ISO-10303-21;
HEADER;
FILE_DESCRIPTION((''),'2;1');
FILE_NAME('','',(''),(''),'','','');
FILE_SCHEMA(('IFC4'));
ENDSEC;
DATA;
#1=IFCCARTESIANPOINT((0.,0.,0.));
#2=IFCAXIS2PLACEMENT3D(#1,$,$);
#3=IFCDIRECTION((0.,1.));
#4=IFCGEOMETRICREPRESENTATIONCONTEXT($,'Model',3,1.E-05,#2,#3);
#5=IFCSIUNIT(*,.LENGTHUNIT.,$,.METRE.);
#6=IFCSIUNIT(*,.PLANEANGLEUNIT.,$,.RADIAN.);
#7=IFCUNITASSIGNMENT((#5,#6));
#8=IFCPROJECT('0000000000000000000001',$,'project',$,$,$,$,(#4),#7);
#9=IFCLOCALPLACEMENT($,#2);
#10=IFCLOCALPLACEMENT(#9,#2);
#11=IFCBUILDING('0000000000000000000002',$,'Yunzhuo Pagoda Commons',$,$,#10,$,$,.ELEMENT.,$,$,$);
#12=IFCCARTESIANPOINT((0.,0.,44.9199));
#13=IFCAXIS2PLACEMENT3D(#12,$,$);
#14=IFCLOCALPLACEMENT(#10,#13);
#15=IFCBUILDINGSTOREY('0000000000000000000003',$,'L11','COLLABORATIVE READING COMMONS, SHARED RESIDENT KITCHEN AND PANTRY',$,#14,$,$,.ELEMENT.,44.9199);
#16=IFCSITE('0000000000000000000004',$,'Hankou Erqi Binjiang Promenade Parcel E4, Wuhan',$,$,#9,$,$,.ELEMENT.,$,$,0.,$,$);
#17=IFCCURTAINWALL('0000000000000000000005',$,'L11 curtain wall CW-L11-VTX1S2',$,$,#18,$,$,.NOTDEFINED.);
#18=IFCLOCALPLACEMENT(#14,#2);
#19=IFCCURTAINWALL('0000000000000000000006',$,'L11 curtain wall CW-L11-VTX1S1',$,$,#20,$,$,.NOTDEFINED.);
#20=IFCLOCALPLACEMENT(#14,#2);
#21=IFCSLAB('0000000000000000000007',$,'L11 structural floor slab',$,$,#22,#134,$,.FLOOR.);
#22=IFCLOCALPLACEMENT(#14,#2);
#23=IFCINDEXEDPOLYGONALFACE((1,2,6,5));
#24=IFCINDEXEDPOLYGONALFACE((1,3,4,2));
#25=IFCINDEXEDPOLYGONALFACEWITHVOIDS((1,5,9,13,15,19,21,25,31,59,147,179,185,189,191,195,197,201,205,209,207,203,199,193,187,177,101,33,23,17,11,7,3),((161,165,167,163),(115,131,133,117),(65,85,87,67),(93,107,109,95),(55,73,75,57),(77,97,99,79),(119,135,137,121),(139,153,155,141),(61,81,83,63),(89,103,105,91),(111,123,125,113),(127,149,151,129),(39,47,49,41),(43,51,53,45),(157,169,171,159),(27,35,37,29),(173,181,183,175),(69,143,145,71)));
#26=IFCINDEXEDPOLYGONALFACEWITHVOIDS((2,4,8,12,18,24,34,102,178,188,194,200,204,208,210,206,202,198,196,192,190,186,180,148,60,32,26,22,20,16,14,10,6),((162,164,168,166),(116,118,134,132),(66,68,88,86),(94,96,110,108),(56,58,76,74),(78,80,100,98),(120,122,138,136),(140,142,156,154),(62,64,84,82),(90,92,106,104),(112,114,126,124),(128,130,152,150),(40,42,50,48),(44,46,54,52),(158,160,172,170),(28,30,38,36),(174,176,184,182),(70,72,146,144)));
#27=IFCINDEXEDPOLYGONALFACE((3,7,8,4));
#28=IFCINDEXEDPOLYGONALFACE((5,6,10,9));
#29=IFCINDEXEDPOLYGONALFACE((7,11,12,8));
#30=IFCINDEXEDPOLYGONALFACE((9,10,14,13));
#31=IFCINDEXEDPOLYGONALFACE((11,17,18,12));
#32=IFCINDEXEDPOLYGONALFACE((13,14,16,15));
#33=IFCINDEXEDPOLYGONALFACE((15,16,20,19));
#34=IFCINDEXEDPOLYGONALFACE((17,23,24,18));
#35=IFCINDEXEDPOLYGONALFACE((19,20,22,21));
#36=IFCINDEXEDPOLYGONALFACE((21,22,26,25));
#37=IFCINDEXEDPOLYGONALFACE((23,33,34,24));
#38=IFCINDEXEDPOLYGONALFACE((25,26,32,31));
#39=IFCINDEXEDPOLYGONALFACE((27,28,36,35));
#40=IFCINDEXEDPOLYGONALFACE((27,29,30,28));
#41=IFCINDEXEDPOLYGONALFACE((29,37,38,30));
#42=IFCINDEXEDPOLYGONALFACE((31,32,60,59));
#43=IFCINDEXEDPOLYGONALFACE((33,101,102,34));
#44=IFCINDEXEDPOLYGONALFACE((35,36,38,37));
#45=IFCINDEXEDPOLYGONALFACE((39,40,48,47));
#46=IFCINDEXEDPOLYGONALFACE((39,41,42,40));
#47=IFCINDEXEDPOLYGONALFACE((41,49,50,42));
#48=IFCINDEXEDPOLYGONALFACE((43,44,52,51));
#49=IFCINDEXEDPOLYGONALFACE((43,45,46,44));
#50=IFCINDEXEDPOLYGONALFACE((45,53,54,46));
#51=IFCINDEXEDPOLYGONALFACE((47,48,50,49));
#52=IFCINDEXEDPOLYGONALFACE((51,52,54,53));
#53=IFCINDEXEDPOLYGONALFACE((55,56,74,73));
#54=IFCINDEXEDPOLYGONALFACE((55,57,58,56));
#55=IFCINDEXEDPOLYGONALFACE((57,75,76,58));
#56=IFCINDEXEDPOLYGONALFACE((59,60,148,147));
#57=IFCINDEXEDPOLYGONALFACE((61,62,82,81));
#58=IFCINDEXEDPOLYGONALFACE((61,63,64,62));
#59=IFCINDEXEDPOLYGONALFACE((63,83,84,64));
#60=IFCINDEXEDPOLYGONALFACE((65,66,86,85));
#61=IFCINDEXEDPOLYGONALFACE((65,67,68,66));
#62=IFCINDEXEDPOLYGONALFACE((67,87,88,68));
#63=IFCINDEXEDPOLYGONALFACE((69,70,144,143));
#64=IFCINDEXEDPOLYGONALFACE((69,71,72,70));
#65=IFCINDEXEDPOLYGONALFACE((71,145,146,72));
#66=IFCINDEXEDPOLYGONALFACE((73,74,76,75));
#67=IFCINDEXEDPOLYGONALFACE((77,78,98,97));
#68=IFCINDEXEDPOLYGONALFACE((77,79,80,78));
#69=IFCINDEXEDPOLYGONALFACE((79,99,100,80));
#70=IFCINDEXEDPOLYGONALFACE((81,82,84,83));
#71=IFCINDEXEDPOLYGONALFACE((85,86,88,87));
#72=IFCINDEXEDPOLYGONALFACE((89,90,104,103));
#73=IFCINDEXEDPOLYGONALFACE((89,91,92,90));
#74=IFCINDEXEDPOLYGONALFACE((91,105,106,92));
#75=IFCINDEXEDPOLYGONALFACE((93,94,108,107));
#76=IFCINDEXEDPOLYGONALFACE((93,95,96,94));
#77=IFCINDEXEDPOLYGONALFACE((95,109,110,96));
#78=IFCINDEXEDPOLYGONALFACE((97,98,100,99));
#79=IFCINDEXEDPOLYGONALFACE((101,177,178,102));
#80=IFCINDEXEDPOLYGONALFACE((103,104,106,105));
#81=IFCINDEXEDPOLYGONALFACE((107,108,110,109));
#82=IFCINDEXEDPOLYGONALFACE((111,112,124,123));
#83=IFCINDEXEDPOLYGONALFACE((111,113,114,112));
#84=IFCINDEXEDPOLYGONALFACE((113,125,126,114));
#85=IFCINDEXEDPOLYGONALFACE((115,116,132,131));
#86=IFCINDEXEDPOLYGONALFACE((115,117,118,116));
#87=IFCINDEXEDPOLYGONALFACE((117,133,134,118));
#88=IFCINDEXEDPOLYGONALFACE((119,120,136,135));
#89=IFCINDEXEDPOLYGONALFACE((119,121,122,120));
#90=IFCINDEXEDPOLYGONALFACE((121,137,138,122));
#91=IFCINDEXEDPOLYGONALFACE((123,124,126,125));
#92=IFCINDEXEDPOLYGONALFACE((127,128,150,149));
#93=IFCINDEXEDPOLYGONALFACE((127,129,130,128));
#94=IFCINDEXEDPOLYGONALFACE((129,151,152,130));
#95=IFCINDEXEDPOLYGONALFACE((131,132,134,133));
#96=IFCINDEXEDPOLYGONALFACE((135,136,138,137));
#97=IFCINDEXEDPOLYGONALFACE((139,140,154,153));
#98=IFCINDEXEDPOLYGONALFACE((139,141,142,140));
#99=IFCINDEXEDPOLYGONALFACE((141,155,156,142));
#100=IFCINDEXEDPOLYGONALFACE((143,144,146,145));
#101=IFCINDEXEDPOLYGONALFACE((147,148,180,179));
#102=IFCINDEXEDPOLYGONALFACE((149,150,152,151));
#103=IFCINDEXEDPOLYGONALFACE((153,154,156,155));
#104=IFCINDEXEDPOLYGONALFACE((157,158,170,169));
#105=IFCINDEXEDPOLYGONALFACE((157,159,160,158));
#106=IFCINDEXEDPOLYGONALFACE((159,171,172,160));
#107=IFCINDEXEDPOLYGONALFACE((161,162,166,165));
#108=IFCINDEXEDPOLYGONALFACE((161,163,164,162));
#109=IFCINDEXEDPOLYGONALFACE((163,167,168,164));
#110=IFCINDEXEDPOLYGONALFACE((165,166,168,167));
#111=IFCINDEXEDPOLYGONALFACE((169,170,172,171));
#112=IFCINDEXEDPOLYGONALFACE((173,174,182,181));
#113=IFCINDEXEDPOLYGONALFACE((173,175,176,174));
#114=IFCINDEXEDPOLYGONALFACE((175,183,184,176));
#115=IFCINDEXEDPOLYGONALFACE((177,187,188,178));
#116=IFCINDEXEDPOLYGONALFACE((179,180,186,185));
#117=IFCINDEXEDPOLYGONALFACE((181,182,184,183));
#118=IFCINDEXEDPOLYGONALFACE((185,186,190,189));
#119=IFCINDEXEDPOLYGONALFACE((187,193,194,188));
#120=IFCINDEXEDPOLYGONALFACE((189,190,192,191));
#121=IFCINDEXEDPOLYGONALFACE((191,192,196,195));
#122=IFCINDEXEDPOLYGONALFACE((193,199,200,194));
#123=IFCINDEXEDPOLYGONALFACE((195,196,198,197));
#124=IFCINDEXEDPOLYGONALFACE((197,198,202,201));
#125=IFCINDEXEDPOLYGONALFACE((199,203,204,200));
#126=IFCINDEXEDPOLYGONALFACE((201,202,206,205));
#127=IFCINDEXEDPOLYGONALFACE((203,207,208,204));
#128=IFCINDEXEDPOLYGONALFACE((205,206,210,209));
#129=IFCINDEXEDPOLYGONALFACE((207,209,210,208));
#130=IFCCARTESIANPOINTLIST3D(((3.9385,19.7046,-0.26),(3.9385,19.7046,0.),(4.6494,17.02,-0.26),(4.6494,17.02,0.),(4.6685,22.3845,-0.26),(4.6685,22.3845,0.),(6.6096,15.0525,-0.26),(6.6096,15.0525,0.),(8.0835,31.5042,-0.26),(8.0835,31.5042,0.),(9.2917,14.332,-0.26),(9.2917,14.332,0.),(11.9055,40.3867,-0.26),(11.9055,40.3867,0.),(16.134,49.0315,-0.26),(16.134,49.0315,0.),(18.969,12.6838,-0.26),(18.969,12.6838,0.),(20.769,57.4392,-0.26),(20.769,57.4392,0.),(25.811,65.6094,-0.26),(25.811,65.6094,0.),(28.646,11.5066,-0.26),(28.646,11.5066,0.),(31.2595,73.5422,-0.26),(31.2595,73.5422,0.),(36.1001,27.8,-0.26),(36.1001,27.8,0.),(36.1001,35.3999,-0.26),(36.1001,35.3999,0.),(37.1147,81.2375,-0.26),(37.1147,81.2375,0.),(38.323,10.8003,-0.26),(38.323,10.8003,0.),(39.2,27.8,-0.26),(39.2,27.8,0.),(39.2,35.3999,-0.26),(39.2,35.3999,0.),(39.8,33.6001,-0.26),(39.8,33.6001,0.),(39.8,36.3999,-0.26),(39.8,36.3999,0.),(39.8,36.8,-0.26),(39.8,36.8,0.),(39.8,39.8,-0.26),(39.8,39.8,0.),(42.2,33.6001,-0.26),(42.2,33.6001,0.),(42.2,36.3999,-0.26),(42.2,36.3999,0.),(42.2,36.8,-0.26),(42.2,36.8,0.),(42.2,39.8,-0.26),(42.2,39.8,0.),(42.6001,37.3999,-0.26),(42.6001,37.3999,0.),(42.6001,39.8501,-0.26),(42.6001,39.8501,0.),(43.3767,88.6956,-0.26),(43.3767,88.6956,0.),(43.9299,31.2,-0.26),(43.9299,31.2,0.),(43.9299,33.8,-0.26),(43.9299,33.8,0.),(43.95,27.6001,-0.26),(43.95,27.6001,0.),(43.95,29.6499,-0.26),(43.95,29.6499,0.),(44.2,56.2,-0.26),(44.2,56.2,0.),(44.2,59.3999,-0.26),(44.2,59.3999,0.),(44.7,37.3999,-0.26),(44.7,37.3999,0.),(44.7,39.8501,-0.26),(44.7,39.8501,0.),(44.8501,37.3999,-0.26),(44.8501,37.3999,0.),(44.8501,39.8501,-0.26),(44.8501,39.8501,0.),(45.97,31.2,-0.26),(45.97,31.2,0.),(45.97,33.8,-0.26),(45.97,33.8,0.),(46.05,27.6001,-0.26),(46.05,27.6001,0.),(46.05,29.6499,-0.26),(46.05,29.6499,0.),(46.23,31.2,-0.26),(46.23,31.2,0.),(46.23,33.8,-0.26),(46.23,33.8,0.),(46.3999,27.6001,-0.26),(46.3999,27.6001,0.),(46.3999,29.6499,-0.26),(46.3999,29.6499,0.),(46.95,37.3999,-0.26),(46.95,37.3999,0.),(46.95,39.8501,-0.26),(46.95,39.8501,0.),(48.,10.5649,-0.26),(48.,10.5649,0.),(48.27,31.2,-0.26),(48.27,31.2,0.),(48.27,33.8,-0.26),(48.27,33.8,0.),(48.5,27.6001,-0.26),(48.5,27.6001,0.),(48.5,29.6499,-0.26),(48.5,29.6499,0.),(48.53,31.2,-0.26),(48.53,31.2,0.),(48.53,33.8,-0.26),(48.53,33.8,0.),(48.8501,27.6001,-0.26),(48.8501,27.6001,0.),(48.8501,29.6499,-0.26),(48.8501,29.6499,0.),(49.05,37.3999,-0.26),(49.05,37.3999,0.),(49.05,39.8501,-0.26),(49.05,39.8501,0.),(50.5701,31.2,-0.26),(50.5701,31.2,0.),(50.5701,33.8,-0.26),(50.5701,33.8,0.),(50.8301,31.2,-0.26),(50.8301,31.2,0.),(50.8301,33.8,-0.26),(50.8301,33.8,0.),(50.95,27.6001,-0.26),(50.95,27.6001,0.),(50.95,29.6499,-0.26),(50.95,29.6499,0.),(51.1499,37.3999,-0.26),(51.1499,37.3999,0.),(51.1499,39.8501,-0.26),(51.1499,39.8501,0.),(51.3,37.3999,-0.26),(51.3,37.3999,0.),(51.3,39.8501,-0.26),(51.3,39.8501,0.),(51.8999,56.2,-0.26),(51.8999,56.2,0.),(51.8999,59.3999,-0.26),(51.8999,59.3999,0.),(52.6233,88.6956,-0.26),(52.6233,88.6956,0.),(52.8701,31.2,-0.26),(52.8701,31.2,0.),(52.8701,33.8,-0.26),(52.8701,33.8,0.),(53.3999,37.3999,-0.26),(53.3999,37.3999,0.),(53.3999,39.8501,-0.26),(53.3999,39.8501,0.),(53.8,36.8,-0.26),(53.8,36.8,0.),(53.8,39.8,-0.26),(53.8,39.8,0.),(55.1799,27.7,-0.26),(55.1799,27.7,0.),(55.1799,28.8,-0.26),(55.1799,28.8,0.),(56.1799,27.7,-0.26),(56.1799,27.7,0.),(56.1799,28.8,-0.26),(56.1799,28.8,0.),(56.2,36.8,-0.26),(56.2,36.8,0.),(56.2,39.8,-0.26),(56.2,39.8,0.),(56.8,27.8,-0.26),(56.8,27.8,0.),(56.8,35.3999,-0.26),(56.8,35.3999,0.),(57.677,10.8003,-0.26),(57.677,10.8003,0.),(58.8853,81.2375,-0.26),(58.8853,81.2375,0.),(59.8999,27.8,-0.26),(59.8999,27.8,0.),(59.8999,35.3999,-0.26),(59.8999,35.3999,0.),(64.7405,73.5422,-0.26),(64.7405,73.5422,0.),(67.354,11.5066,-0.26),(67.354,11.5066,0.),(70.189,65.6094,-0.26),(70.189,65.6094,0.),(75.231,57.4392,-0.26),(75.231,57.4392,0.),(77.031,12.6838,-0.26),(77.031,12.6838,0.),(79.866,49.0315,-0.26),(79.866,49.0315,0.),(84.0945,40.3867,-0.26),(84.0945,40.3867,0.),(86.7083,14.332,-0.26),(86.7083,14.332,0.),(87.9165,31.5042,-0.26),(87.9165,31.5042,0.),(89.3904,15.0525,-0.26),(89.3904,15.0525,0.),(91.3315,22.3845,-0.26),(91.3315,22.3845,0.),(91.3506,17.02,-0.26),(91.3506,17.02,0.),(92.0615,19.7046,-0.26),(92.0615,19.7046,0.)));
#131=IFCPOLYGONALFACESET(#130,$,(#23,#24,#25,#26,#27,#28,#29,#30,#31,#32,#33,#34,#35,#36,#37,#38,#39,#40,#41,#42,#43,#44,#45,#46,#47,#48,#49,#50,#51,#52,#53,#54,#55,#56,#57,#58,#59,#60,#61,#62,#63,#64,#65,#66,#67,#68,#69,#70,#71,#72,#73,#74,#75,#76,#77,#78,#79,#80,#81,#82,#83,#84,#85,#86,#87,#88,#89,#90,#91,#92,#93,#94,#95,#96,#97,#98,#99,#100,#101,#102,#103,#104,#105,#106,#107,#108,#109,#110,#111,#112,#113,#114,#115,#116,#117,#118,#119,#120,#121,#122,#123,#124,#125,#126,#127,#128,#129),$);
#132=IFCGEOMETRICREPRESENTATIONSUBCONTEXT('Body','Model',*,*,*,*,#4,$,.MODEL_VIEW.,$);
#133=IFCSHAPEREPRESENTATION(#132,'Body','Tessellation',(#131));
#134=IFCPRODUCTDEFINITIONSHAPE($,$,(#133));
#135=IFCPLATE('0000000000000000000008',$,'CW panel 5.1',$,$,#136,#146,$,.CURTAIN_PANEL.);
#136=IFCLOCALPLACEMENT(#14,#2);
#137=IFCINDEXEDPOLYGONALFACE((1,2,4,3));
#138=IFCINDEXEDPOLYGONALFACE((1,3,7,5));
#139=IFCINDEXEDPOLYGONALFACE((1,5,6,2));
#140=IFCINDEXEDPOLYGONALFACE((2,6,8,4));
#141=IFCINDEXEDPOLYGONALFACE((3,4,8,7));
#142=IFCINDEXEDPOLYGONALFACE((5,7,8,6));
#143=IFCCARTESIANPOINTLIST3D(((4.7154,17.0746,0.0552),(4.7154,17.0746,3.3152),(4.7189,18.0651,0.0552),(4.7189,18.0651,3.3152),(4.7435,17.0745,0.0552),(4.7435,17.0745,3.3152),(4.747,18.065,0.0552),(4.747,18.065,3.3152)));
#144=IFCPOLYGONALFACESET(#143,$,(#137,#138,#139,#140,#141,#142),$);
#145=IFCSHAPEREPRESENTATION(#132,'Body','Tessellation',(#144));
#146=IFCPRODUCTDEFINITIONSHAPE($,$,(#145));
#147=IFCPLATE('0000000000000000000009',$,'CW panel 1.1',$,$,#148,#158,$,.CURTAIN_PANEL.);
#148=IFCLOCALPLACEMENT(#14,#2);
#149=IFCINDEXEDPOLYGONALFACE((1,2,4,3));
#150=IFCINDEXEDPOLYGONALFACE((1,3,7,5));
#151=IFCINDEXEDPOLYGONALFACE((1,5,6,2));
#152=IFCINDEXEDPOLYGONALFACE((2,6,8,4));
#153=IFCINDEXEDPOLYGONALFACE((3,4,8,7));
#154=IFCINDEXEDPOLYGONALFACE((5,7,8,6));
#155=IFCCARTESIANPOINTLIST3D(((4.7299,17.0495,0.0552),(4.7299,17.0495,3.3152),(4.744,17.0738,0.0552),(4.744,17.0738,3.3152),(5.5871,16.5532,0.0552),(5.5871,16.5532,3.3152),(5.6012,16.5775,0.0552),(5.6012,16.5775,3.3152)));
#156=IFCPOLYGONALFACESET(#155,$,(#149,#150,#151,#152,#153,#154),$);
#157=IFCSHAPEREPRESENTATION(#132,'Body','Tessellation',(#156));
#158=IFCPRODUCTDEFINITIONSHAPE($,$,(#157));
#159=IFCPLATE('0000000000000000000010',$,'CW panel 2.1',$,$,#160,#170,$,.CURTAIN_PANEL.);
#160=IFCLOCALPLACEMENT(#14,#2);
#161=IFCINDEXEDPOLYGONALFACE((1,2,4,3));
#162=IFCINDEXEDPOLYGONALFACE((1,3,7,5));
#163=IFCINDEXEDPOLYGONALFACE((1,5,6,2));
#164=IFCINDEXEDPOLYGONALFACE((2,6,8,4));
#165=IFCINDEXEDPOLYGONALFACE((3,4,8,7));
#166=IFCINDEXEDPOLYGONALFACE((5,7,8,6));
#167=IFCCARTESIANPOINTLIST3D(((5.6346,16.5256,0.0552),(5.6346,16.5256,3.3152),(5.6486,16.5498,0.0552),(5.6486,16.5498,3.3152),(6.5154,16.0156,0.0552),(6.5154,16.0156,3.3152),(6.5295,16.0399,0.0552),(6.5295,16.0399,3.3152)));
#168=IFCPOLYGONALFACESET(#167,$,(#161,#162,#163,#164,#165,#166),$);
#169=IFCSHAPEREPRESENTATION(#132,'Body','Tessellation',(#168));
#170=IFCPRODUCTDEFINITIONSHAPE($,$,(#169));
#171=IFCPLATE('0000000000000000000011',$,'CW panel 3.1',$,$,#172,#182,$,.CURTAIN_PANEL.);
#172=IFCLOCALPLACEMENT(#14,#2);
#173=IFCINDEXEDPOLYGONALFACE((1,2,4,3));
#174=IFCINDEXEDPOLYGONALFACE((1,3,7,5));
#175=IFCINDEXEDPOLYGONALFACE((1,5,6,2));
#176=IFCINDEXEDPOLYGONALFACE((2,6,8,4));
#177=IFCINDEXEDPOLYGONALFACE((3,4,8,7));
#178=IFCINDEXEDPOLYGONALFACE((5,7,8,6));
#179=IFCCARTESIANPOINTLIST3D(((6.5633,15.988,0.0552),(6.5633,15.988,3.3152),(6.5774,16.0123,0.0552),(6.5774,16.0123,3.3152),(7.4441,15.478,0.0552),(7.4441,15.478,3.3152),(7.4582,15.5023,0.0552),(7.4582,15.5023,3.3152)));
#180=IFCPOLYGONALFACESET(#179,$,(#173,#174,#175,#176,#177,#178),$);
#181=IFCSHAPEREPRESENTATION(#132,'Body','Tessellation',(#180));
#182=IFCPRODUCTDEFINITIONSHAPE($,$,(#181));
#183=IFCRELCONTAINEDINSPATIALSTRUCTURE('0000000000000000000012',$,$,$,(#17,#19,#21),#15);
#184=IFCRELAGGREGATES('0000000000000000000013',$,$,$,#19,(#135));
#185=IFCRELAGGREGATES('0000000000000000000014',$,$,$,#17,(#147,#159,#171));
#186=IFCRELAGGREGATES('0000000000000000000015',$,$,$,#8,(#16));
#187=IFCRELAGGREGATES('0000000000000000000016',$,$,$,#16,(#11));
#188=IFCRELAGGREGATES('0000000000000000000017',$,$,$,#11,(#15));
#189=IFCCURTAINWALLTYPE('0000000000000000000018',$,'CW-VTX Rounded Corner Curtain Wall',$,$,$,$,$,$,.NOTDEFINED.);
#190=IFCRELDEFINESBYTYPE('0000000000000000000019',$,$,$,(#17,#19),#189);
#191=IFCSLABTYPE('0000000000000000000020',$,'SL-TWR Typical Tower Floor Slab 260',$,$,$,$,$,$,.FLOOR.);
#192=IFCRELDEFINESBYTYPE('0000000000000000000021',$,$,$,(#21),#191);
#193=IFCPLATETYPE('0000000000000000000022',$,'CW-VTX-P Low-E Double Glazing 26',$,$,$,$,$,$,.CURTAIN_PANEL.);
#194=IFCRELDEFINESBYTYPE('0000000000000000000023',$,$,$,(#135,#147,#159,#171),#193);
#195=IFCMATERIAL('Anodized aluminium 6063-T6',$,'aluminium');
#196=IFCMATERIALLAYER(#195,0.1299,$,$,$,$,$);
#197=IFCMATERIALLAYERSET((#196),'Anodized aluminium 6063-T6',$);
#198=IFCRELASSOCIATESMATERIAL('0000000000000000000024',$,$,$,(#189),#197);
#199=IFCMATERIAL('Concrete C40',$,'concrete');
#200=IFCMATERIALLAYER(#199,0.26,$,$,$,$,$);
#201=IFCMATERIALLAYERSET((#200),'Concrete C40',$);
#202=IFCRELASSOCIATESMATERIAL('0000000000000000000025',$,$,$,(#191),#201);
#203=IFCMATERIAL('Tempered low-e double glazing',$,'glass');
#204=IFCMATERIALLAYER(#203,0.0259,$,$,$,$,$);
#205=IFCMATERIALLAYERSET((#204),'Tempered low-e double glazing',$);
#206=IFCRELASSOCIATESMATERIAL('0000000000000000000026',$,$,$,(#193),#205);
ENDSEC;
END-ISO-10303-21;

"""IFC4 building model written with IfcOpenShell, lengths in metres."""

from ifc_helpers import new_model, si_unit, direction, frame, origin, origin_2d, place, context, subcontext, project, spatial, polyline, rectangle, outline, extrude, source, transform, mapped, material, layer, layer_set, type_object, element, aggregate, save


model = new_model("IFC4")

# Units and contexts
model_context = context("Model", 3, precision=1e-05, world=origin(), true_north=direction((0.0, 1.0)))
body_context = subcontext(model_context, "Body", "Model", "MODEL_VIEW")
ifc_project = project(units=[si_unit("LENGTHUNIT", "METRE"), si_unit("PLANEANGLEUNIT", "RADIAN")], contexts=[model_context])

# Site, building, storey
site_placement = place(None, origin())
site = spatial("IfcSite", under=ifc_project, at=site_placement, Name="Hankou Erqi Binjiang Promenade Parcel E4, Wuhan", CompositionType="ELEMENT", RefElevation=0.0)
building_placement = place(site_placement, origin())
building = spatial("IfcBuilding", under=site, at=building_placement, Name="Yunzhuo Pagoda Commons", CompositionType="ELEMENT")
storey_placement = place(building_placement, frame((0.0, 0.0, 44.9199)))
storey = spatial("IfcBuildingStorey", under=building, at=storey_placement, Name="L11", Description="COLLABORATIVE READING COMMONS, SHARED RESIDENT KITCHEN AND PANTRY", CompositionType="ELEMENT", Elevation=44.9199)

# Curtain wall
ifc_material_1 = material(Name="Anodized aluminium 6063-T6", Category="aluminium")
ifc_layer_1 = layer(ifc_material_1, 0.1299)
ifc_layer_set_1 = layer_set([ifc_layer_1], Name="Anodized aluminium 6063-T6")
curtain_wall_type = type_object("IfcCurtainWallType", Name="CW-VTX Rounded Corner Curtain Wall", PredefinedType="NOTDEFINED", material=ifc_layer_set_1)
curtain_wall_1_placement = place(storey_placement, origin())
curtain_wall_1 = element("IfcCurtainWall", 1, at=curtain_wall_1_placement, inside=storey, type_object=curtain_wall_type, Name="L11 curtain wall CW-L11-VTX1S2", PredefinedType="NOTDEFINED")

# Curtain wall
curtain_wall_2_placement = place(storey_placement, origin())
curtain_wall_2 = element("IfcCurtainWall", 2, at=curtain_wall_2_placement, inside=storey, type_object=curtain_wall_type, Name="L11 curtain wall CW-L11-VTX1S1", PredefinedType="NOTDEFINED")

# Shared definitions
ifc_material_2 = material(Name="Concrete C40", Category="concrete")

# Slab
ifc_layer_2 = layer(ifc_material_2, 0.26)
ifc_layer_set_2 = layer_set([ifc_layer_2], Name="Concrete C40")
slab_type_1 = type_object("IfcSlabType", Name="SL-TWR Typical Tower Floor Slab 260", PredefinedType="FLOOR", material=ifc_layer_set_2)
slab_1_placement = place(storey_placement, frame((0.0, 0.0, -0.26)))
element("IfcSlab", 3, at=slab_1_placement, inside=storey, type_object=slab_type_1, Name="L11 structural floor slab", PredefinedType="FLOOR", context=body_context, shape_type="SweptSolid", body=[
    extrude(outline(polyline([(8.0835, 31.5042), (11.9055, 40.3867), (16.134, 49.0315), (20.769, 57.4392), (25.811, 65.6094), (31.2595, 73.5422), (37.1147, 81.2375), (43.3767, 88.6956), (52.6233, 88.6956), (58.8853, 81.2375), (64.7405, 73.5422), (70.189, 65.6094), (75.231, 57.4392), (79.866, 49.0315), (84.0945, 40.3867), (87.9165, 31.5042), (91.3315, 22.3845), (92.0615, 19.7046), (91.3506, 17.02), (89.3904, 15.0525), (86.7083, 14.332), (77.031, 12.6838), (67.354, 11.5066), (57.677, 10.8003), (48.0, 10.5649), (38.323, 10.8003), (28.646, 11.5066), (18.969, 12.6838), (9.2917, 14.332), (6.6096, 15.0525), (4.6494, 17.02), (3.9385, 19.7046), (4.6685, 22.3845), (8.0835, 31.5042)]), holes=[polyline([(46.05, 27.6001), (46.05, 29.6499), (43.95, 29.6499), (43.95, 27.6001), (46.05, 27.6001)]), polyline([(48.5, 27.6001), (48.5, 29.6499), (46.3999, 29.6499), (46.3999, 27.6001), (48.5, 27.6001)]), polyline([(36.1001, 27.8), (39.2, 27.8), (39.2, 35.3999), (36.1001, 35.3999), (36.1001, 27.8)]), polyline([(45.97, 31.2), (45.97, 33.8), (43.9299, 33.8), (43.9299, 31.2), (45.97, 31.2)]), polyline([(48.27, 31.2), (48.27, 33.8), (46.23, 33.8), (46.23, 31.2), (48.27, 31.2)]), polyline([(42.2, 33.6001), (42.2, 36.3999), (39.8, 36.3999), (39.8, 33.6001), (42.2, 33.6001)]), polyline([(42.2, 36.8), (42.2, 39.8), (39.8, 39.8), (39.8, 36.8), (42.2, 36.8)]), polyline([(42.6001, 37.3999), (44.7, 37.3999), (44.7, 39.8501), (42.6001, 39.8501), (42.6001, 37.3999)]), polyline([(44.8501, 37.3999), (46.95, 37.3999), (46.95, 39.8501), (44.8501, 39.8501), (44.8501, 37.3999)]), polyline([(56.1799, 27.7), (56.1799, 28.8), (55.1799, 28.8), (55.1799, 27.7), (56.1799, 27.7)]), polyline([(50.95, 27.6001), (50.95, 29.6499), (48.8501, 29.6499), (48.8501, 27.6001), (50.95, 27.6001)]), polyline([(56.8, 27.8), (59.8999, 27.8), (59.8999, 35.3999), (56.8, 35.3999), (56.8, 27.8)]), polyline([(50.5701, 31.2), (50.5701, 33.8), (48.53, 33.8), (48.53, 31.2), (50.5701, 31.2)]), polyline([(52.8701, 31.2), (52.8701, 33.8), (50.8301, 33.8), (50.8301, 31.2), (52.8701, 31.2)]), polyline([(56.2, 36.8), (56.2, 39.8), (53.8, 39.8), (53.8, 36.8), (56.2, 36.8)]), polyline([(51.1499, 37.3999), (51.1499, 39.8501), (49.05, 39.8501), (49.05, 37.3999), (51.1499, 37.3999)]), polyline([(51.3, 37.3999), (53.3999, 37.3999), (53.3999, 39.8501), (51.3, 39.8501), (51.3, 37.3999)]), polyline([(44.2, 56.2), (51.8999, 56.2), (51.8999, 59.3999), (44.2, 59.3999), (44.2, 56.2)])]), origin(), (0.0, 0.0, 1.0), 0.26),
])

# Plates
ifc_material_3 = material(Name="Tempered low-e double glazing", Category="glass")
ifc_layer_3 = layer(ifc_material_3, 0.0259)
ifc_layer_set_3 = layer_set([ifc_layer_3], Name="Tempered low-e double glazing")
plate_type = type_object("IfcPlateType", Name="CW-VTX-P Low-E Double Glazing 26", PredefinedType="CURTAIN_PANEL", material=ifc_layer_set_3)
shared_shape_1 = source(origin(), body_context, "Body", "SweptSolid", [
    extrude(rectangle(XDim=0.9905, YDim=0.0281, at=origin_2d()), origin(), (0.0, 0.0, 1.0), 3.26),
])
plate_1_placement = place(storey_placement, frame((4.7312, 17.5698, 0.0552), z_axis=(0.0, 0.0, 1.0), x_axis=(-0.003579, -0.999994, 0.0)))
plate_1 = element("IfcPlate", 4, at=plate_1_placement, type_object=plate_type, Name="CW panel 5.1", PredefinedType="CURTAIN_PANEL", context=body_context, shape_type="MappedRepresentation", body=[
    mapped(shared_shape_1, transform((0.0, 0.0, 0.0), scale=1.0)),
])
aggregate(curtain_wall_2, [plate_1])
plate_2_placement = place(storey_placement, frame((5.1655, 16.8135, 0.0552), z_axis=(0.0, 0.0, 1.0), x_axis=(0.865423, -0.501041, 0.0)))
plate_2 = element("IfcPlate", 5, at=plate_2_placement, type_object=plate_type, Name="CW panel 1.1", PredefinedType="CURTAIN_PANEL", context=body_context, shape_type="MappedRepresentation", body=[
    mapped(shared_shape_1, transform((0.0, 0.0, 0.0), scale=1.0)),
])
shared_shape_2 = source(origin(), body_context, "Body", "SweptSolid", [
    extrude(rectangle(XDim=1.0178, YDim=0.0281, at=origin_2d()), origin(), (0.0, 0.0, 1.0), 3.26),
])
plate_3_placement = place(storey_placement, frame((6.082, 16.2827, 0.0552), z_axis=(0.0, 0.0, 1.0), x_axis=(0.865423, -0.501041, 0.0)))
plate_3 = element("IfcPlate", 6, at=plate_3_placement, type_object=plate_type, Name="CW panel 2.1", PredefinedType="CURTAIN_PANEL", context=body_context, shape_type="MappedRepresentation", body=[
    mapped(shared_shape_2, transform((0.0, 0.0, 0.0), scale=1.0)),
])
plate_4_placement = place(storey_placement, frame((7.0107, 15.7451, 0.0552), z_axis=(0.0, 0.0, 1.0), x_axis=(0.865423, -0.501041, 0.0)))
plate_4 = element("IfcPlate", 7, at=plate_4_placement, type_object=plate_type, Name="CW panel 3.1", PredefinedType="CURTAIN_PANEL", context=body_context, shape_type="MappedRepresentation", body=[
    mapped(shared_shape_2, transform((0.0, 0.0, 0.0), scale=1.0)),
])
aggregate(curtain_wall_1, [plate_2, plate_3, plate_4])

save(model, "model.ifc")
